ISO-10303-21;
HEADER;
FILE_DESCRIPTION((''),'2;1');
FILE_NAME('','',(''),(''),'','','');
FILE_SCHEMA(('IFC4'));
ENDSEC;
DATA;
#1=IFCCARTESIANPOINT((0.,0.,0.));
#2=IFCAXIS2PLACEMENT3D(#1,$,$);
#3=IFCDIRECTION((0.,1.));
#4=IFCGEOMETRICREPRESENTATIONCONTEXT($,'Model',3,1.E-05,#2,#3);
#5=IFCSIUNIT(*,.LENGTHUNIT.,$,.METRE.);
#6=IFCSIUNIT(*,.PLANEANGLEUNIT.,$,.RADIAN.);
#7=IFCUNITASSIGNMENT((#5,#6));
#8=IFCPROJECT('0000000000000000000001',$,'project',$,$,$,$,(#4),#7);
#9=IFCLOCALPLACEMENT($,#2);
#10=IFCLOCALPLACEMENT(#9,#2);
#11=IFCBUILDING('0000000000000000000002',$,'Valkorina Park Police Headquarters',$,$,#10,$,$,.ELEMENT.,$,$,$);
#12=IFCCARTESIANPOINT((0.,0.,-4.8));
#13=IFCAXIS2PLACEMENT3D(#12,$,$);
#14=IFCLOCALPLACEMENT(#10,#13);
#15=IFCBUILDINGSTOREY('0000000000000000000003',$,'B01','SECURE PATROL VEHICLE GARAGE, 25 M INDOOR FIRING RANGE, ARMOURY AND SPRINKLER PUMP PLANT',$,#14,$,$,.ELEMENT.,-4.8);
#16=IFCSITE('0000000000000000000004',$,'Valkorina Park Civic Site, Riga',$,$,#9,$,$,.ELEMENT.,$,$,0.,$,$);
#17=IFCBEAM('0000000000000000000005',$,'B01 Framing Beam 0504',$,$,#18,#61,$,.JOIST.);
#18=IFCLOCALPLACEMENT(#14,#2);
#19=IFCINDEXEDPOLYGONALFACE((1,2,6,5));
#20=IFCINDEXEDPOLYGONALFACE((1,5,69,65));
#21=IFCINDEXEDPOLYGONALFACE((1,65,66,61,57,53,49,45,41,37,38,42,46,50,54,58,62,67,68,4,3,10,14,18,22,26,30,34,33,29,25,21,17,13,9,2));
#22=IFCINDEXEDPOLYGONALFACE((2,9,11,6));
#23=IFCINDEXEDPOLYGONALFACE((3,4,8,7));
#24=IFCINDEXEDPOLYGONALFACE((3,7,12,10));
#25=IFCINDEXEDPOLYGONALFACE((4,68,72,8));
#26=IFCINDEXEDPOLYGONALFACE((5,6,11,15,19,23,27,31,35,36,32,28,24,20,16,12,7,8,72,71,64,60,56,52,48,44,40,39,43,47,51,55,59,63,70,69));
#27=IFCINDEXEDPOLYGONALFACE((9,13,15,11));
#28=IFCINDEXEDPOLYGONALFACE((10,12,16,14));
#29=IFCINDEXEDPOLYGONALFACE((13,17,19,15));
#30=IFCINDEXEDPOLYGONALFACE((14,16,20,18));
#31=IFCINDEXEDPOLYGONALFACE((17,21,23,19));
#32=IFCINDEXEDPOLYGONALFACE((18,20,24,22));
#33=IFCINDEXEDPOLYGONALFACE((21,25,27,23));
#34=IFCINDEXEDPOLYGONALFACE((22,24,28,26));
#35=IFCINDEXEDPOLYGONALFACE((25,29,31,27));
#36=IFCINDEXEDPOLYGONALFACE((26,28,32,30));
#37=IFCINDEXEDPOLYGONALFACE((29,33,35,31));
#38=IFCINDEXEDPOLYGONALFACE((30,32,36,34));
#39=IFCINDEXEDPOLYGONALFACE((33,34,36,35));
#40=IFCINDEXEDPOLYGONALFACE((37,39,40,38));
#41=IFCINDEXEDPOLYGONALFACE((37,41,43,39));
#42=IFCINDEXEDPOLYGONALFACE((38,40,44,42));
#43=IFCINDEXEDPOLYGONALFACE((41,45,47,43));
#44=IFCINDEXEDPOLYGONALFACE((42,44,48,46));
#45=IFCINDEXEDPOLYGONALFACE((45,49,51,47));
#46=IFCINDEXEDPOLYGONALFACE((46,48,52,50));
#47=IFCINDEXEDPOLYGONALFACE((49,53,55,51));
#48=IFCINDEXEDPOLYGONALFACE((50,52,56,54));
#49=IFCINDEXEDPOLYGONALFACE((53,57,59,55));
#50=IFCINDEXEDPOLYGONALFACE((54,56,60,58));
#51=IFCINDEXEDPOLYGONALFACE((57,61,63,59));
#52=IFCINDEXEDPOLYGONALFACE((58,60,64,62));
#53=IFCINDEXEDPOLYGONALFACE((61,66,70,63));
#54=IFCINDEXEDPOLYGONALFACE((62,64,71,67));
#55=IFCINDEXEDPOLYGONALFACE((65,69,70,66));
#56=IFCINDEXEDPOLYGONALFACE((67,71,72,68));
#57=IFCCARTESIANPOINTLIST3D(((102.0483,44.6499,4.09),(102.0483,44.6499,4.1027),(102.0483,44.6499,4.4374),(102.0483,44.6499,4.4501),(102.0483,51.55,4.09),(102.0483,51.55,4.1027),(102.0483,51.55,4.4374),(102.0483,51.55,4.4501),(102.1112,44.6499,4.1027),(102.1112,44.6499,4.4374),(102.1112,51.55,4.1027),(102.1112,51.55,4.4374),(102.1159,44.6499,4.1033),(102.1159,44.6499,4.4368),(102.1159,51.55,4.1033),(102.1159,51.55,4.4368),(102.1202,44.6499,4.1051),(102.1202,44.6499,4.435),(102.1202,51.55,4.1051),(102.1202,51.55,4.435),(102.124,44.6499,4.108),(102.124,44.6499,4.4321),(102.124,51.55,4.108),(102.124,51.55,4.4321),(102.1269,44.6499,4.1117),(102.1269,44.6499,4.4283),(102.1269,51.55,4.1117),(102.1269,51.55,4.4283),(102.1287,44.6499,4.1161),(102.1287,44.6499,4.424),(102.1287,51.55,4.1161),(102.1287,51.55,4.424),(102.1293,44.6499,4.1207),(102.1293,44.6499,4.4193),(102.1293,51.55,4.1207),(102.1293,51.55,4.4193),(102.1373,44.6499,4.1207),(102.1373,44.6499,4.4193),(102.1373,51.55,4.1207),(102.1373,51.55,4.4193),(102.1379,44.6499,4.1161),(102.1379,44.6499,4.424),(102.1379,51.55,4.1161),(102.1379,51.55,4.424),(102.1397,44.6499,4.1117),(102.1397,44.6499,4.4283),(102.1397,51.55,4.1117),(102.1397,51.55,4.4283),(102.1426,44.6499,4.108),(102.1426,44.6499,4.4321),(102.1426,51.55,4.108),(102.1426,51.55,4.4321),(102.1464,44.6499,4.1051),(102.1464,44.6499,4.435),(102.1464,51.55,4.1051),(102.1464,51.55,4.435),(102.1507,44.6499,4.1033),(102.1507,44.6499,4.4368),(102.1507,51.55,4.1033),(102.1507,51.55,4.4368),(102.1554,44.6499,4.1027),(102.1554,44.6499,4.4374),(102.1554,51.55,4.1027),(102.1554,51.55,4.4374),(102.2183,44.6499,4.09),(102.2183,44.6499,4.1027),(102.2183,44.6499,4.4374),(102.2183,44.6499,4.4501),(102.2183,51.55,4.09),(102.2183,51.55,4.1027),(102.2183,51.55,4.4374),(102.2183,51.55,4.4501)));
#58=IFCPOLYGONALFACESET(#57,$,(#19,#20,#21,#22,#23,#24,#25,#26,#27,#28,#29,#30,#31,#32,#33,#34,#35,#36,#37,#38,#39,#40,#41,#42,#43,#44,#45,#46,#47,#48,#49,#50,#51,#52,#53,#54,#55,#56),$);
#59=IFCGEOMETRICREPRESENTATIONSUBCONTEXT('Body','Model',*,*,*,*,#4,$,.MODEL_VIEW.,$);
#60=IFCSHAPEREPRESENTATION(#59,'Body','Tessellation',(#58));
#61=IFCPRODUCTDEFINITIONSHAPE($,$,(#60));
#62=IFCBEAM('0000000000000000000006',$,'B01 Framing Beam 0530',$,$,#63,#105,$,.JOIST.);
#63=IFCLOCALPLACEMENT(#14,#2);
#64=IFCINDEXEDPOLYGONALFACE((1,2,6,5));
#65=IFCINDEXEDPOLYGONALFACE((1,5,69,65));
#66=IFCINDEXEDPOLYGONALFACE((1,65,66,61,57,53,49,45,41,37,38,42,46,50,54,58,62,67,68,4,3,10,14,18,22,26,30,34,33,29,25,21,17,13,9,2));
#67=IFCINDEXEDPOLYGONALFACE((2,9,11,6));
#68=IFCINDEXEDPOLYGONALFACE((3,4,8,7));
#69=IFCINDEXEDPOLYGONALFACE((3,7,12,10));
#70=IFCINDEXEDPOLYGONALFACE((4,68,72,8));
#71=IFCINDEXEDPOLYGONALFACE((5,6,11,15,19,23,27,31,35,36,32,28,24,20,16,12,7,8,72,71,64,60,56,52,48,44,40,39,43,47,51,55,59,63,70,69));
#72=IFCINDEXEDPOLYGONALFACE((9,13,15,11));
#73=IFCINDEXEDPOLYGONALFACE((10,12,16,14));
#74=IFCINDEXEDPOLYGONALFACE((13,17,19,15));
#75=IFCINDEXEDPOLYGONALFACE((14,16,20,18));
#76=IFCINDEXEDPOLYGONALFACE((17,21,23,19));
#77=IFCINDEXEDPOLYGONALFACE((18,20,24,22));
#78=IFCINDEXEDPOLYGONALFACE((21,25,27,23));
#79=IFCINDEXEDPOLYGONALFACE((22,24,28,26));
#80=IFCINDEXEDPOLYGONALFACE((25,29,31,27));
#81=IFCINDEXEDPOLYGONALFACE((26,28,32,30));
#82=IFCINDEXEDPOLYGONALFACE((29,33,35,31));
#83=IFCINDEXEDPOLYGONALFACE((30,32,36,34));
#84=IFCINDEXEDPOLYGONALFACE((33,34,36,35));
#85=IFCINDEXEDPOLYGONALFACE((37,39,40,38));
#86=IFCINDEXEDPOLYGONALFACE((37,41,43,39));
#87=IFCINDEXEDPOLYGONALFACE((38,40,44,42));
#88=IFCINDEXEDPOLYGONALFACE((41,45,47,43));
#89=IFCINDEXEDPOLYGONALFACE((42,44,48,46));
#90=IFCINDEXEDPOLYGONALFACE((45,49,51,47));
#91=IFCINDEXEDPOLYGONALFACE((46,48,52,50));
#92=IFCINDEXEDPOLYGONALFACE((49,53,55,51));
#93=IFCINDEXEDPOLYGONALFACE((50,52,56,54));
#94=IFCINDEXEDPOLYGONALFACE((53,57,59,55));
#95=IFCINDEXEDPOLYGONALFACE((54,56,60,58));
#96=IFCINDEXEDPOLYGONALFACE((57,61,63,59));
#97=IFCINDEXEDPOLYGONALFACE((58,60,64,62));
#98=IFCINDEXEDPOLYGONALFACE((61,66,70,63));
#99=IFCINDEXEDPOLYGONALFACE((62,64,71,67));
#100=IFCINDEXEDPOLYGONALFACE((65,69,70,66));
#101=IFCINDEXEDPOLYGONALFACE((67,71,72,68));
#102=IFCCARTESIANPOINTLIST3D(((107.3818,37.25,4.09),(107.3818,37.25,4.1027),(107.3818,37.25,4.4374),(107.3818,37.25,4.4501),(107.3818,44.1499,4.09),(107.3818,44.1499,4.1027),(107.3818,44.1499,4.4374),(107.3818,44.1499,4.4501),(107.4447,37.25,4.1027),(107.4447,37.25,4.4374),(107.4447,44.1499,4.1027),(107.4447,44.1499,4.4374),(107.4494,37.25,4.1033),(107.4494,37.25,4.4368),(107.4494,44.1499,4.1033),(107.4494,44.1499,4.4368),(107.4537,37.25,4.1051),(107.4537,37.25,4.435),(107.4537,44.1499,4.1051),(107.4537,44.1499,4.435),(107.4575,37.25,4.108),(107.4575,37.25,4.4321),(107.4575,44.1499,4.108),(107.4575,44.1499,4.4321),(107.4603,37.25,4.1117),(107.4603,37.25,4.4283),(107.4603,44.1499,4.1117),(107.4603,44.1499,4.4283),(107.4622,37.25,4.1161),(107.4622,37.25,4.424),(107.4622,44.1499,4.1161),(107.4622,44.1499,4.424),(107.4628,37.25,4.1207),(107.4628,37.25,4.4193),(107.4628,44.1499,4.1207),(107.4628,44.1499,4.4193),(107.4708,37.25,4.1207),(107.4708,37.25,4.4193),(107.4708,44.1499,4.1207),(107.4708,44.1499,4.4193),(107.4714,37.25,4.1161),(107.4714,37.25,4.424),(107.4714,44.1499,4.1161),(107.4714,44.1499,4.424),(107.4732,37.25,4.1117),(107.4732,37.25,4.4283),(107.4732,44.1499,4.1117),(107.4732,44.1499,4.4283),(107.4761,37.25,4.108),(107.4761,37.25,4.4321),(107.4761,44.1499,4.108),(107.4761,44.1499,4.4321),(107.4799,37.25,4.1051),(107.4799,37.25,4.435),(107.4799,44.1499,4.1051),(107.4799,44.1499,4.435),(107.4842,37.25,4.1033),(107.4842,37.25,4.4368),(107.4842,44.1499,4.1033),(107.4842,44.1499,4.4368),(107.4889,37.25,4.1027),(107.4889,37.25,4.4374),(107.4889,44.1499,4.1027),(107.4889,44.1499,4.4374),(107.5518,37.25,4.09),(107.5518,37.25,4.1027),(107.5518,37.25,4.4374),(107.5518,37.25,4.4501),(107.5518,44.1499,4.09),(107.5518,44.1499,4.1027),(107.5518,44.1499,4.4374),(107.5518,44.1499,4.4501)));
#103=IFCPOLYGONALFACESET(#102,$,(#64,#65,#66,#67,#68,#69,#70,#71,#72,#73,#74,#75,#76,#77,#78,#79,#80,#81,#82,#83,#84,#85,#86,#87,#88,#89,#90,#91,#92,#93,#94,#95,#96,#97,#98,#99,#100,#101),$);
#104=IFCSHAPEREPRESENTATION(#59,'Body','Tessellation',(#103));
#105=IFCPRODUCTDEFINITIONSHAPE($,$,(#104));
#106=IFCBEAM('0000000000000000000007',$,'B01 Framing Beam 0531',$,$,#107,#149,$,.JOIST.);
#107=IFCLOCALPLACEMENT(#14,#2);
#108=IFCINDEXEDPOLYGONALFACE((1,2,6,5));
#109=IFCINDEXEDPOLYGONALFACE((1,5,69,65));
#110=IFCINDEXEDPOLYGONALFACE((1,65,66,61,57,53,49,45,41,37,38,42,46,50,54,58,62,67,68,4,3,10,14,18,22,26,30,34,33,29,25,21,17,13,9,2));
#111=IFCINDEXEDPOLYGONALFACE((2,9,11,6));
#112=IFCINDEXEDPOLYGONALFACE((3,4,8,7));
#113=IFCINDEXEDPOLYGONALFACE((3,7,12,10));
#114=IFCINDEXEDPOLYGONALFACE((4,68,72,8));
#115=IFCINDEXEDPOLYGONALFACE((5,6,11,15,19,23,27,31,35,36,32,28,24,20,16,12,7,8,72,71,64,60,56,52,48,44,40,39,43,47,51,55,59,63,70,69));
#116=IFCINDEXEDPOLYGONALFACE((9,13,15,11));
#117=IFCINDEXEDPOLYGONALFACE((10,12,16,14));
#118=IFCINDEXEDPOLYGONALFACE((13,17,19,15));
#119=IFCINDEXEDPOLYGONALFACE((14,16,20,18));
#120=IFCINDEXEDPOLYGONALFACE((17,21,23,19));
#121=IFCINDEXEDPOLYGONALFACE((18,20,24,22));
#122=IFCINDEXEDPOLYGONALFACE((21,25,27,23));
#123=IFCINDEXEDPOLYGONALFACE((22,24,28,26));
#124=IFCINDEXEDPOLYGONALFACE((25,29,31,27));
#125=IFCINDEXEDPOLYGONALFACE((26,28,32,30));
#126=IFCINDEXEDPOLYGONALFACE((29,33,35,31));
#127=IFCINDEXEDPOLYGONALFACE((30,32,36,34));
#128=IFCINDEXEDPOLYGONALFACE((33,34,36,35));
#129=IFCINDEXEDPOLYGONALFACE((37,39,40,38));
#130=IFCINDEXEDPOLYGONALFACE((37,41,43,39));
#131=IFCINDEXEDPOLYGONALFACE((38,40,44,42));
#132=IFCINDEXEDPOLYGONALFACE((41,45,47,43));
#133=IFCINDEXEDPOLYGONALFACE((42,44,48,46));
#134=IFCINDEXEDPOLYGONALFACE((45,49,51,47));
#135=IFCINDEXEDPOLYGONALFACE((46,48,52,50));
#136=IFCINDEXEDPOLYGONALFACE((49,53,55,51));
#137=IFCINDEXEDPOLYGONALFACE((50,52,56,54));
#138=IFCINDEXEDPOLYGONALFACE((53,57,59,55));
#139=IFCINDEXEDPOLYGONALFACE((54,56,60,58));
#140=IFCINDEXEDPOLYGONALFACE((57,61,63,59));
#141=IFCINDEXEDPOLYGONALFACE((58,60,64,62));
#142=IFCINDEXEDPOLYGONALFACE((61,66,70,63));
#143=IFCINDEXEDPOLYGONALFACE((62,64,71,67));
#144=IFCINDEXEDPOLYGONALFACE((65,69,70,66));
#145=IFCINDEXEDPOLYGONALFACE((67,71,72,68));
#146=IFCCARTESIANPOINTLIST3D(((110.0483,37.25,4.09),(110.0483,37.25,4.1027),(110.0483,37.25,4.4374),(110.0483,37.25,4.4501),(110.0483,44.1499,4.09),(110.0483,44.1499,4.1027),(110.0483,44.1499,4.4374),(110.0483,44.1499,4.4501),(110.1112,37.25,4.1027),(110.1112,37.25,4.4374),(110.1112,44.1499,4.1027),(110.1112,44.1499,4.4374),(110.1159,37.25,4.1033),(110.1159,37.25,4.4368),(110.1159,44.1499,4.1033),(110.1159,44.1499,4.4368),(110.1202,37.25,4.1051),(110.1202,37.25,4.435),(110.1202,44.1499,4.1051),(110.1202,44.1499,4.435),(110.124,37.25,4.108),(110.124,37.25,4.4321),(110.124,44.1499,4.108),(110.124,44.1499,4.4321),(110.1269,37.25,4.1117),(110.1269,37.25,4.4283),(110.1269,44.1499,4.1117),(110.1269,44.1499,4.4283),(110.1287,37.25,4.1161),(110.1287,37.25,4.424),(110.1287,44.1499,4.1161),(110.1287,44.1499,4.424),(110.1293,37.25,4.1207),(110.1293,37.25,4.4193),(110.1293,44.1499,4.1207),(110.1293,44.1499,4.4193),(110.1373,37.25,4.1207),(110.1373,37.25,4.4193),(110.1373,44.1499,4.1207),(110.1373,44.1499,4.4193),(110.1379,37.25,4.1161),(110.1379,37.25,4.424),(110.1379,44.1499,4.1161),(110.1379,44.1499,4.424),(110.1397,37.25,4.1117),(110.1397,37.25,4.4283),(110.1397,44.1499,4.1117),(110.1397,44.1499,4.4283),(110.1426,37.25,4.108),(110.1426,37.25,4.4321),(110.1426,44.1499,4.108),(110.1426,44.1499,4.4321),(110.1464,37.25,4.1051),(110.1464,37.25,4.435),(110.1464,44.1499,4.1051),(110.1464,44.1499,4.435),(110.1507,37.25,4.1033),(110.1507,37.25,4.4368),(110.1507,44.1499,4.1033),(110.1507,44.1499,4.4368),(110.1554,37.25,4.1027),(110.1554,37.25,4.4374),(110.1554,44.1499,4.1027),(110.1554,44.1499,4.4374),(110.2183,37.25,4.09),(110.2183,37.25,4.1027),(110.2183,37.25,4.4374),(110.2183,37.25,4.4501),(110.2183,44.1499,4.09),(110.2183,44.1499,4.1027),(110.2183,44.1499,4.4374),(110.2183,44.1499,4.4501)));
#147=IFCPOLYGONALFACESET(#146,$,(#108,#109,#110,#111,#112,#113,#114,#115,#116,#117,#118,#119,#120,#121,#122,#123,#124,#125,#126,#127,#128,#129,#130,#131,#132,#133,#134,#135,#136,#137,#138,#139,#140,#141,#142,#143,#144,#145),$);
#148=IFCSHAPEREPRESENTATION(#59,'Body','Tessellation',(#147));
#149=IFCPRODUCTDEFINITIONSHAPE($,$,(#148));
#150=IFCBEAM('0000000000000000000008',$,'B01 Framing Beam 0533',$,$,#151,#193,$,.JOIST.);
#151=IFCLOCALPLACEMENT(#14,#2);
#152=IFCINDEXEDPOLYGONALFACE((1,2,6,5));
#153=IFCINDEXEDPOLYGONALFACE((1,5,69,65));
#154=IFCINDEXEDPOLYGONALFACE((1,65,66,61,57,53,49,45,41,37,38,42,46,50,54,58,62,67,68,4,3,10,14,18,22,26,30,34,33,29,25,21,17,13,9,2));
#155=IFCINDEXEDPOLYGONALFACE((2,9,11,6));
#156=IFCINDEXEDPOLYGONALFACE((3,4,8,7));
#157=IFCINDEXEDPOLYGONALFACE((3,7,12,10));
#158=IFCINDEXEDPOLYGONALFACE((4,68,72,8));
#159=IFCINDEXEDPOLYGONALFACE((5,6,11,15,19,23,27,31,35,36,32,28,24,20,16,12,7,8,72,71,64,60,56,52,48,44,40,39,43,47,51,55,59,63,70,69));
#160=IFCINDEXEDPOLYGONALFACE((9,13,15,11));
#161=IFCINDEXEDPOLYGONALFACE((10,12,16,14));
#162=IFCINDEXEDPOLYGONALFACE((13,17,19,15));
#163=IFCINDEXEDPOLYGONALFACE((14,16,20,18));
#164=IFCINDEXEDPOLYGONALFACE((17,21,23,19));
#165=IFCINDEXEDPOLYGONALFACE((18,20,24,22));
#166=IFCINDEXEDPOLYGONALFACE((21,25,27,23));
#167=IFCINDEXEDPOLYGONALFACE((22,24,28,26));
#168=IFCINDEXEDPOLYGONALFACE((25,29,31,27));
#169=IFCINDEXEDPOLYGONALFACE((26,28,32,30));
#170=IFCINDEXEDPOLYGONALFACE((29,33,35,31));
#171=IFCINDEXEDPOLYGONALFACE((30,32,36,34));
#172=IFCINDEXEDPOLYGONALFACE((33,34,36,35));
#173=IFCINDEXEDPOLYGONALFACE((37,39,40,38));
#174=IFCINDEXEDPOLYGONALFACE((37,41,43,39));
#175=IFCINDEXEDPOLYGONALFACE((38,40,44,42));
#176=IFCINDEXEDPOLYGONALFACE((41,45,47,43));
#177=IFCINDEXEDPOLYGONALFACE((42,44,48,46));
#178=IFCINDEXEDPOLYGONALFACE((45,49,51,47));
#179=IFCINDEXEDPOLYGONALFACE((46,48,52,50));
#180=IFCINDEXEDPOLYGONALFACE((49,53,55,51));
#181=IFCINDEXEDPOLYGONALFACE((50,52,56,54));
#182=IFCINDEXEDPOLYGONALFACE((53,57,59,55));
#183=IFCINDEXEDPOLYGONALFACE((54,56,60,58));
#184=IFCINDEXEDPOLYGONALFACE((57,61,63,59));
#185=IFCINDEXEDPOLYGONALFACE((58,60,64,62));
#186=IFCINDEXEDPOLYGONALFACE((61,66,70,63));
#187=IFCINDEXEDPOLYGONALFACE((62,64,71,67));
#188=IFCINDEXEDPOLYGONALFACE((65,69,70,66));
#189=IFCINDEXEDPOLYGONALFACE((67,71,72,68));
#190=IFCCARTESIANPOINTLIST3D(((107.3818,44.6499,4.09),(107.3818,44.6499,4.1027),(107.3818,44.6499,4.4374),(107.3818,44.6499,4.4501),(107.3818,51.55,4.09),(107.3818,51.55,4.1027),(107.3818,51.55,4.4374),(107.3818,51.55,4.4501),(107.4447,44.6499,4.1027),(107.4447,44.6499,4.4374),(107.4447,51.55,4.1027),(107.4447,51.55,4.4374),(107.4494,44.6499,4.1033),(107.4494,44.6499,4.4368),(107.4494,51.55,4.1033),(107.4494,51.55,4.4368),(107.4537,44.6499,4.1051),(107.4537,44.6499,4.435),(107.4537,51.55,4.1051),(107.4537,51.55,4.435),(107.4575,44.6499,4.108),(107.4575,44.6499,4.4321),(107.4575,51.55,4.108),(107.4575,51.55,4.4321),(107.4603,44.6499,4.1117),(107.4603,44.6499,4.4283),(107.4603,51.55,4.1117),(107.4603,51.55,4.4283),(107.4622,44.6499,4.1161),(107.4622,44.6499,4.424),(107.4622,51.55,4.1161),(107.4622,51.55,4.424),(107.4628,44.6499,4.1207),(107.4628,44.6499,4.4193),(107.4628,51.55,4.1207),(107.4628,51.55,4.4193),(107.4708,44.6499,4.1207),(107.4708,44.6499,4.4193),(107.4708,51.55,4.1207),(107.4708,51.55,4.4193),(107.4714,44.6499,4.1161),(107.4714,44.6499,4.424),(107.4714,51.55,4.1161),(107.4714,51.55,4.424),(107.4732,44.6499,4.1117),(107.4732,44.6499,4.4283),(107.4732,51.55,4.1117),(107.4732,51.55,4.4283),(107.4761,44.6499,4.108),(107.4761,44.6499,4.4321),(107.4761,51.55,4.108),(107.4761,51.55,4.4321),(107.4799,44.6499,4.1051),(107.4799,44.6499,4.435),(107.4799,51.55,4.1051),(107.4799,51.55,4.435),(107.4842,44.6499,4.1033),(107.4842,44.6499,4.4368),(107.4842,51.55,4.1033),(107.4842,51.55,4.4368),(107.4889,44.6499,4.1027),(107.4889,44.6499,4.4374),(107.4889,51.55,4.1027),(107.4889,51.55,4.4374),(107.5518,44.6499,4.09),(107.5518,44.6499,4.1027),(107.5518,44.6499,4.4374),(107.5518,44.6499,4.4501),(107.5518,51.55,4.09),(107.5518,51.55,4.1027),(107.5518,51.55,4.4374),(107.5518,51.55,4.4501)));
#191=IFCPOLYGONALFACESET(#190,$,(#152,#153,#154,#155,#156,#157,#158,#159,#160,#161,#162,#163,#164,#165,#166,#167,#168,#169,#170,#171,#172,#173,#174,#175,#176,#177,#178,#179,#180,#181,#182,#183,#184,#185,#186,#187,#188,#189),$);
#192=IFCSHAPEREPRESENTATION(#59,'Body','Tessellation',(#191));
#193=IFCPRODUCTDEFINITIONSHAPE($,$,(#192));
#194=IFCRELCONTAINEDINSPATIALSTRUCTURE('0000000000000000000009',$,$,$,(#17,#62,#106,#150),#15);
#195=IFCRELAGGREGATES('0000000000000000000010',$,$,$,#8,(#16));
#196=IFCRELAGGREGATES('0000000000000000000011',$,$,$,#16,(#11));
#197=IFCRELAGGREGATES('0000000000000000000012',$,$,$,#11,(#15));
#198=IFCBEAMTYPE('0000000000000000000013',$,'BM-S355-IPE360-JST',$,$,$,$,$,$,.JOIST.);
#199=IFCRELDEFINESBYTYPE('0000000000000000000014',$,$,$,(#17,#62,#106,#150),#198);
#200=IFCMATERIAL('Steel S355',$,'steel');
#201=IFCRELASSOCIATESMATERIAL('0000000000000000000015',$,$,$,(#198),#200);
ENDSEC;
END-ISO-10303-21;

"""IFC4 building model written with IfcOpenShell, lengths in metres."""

from ifc_helpers import new_model, si_unit, direction, frame, origin, origin_2d, place, context, subcontext, project, spatial, i_section, extrude, material, material_profile, profile_set, type_object, element, save


model = new_model("IFC4")

# Units and contexts
model_context = context("Model", 3, precision=1e-05, world=origin(), true_north=direction((0.0, 1.0)))
body_context = subcontext(model_context, "Body", "Model", "MODEL_VIEW")
ifc_project = project(units=[si_unit("LENGTHUNIT", "METRE"), si_unit("PLANEANGLEUNIT", "RADIAN")], contexts=[model_context])

# Site, building, storey
site_placement = place(None, origin())
site = spatial("IfcSite", under=ifc_project, at=site_placement, Name="Valkorina Park Civic Site, Riga", CompositionType="ELEMENT", RefElevation=0.0)
building_placement = place(site_placement, origin())
building = spatial("IfcBuilding", under=site, at=building_placement, Name="Valkorina Park Police Headquarters", CompositionType="ELEMENT")
storey_placement = place(building_placement, frame((0.0, 0.0, -4.8)))
storey = spatial("IfcBuildingStorey", under=building, at=storey_placement, Name="B01", Description="SECURE PATROL VEHICLE GARAGE, 25 M INDOOR FIRING RANGE, ARMOURY AND SPRINKLER PUMP PLANT", CompositionType="ELEMENT", Elevation=-4.8)

# Beams
ifc_material_1 = material(Name="Steel S355", Category="steel")
ifc_material_profile_1 = material_profile(ifc_material_1, i_section(OverallWidth=0.1699, OverallDepth=0.3601, WebThickness=0.0081, FlangeThickness=0.0127, FilletRadius=0.0181, at=origin_2d()), Name="IPE 360")
ifc_profile_set_1 = profile_set([ifc_material_profile_1], Name="Steel S355")
beam_type_1 = type_object("IfcBeamType", Name="BM-S355-IPE360-JST", PredefinedType="JOIST", material=ifc_profile_set_1)
for number, where, z_axis, x_axis, name in (
    (1, (102.1333, 44.6499, 4.27), (0.0, 1.0, 0.0), (-1.0, 0.0, 0.0), "B01 Framing Beam 0504"),
):
    element("IfcBeam", number, at=place(storey_placement, frame(where, z_axis=z_axis, x_axis=x_axis)), inside=storey, type_object=beam_type_1, Name=name, PredefinedType="JOIST", context=body_context, shape_type="SweptSolid", body=[
        extrude(i_section(OverallWidth=0.1699, OverallDepth=0.3601, WebThickness=0.0081, FlangeThickness=0.0127, FilletRadius=0.0181, at=origin_2d()), origin(), (0.0, 0.0, 1.0), 6.9001),
    ])
for number, where, z_axis, x_axis, name in (
    (2, (107.4668, 37.25, 4.27), (0.0, 1.0, 0.0), (-1.0, 0.0, 0.0), "B01 Framing Beam 0530"),
    (3, (110.1333, 37.25, 4.27), (0.0, 1.0, 0.0), (-1.0, 0.0, 0.0), "B01 Framing Beam 0531"),
):
    element("IfcBeam", number, at=place(storey_placement, frame(where, z_axis=z_axis, x_axis=x_axis)), inside=storey, type_object=beam_type_1, Name=name, PredefinedType="JOIST", context=body_context, shape_type="SweptSolid", body=[
        extrude(i_section(OverallWidth=0.1699, OverallDepth=0.3601, WebThickness=0.0081, FlangeThickness=0.0127, FilletRadius=0.0181, at=origin_2d()), origin(), (0.0, 0.0, 1.0), 6.8999),
    ])
for number, where, z_axis, x_axis, name in (
    (4, (107.4668, 44.6499, 4.27), (0.0, 1.0, 0.0), (-1.0, 0.0, 0.0), "B01 Framing Beam 0533"),
):
    element("IfcBeam", number, at=place(storey_placement, frame(where, z_axis=z_axis, x_axis=x_axis)), inside=storey, type_object=beam_type_1, Name=name, PredefinedType="JOIST", context=body_context, shape_type="SweptSolid", body=[
        extrude(i_section(OverallWidth=0.1699, OverallDepth=0.3601, WebThickness=0.0081, FlangeThickness=0.0127, FilletRadius=0.0181, at=origin_2d()), origin(), (0.0, 0.0, 1.0), 6.9001),
    ])

save(model, "model.ifc")
